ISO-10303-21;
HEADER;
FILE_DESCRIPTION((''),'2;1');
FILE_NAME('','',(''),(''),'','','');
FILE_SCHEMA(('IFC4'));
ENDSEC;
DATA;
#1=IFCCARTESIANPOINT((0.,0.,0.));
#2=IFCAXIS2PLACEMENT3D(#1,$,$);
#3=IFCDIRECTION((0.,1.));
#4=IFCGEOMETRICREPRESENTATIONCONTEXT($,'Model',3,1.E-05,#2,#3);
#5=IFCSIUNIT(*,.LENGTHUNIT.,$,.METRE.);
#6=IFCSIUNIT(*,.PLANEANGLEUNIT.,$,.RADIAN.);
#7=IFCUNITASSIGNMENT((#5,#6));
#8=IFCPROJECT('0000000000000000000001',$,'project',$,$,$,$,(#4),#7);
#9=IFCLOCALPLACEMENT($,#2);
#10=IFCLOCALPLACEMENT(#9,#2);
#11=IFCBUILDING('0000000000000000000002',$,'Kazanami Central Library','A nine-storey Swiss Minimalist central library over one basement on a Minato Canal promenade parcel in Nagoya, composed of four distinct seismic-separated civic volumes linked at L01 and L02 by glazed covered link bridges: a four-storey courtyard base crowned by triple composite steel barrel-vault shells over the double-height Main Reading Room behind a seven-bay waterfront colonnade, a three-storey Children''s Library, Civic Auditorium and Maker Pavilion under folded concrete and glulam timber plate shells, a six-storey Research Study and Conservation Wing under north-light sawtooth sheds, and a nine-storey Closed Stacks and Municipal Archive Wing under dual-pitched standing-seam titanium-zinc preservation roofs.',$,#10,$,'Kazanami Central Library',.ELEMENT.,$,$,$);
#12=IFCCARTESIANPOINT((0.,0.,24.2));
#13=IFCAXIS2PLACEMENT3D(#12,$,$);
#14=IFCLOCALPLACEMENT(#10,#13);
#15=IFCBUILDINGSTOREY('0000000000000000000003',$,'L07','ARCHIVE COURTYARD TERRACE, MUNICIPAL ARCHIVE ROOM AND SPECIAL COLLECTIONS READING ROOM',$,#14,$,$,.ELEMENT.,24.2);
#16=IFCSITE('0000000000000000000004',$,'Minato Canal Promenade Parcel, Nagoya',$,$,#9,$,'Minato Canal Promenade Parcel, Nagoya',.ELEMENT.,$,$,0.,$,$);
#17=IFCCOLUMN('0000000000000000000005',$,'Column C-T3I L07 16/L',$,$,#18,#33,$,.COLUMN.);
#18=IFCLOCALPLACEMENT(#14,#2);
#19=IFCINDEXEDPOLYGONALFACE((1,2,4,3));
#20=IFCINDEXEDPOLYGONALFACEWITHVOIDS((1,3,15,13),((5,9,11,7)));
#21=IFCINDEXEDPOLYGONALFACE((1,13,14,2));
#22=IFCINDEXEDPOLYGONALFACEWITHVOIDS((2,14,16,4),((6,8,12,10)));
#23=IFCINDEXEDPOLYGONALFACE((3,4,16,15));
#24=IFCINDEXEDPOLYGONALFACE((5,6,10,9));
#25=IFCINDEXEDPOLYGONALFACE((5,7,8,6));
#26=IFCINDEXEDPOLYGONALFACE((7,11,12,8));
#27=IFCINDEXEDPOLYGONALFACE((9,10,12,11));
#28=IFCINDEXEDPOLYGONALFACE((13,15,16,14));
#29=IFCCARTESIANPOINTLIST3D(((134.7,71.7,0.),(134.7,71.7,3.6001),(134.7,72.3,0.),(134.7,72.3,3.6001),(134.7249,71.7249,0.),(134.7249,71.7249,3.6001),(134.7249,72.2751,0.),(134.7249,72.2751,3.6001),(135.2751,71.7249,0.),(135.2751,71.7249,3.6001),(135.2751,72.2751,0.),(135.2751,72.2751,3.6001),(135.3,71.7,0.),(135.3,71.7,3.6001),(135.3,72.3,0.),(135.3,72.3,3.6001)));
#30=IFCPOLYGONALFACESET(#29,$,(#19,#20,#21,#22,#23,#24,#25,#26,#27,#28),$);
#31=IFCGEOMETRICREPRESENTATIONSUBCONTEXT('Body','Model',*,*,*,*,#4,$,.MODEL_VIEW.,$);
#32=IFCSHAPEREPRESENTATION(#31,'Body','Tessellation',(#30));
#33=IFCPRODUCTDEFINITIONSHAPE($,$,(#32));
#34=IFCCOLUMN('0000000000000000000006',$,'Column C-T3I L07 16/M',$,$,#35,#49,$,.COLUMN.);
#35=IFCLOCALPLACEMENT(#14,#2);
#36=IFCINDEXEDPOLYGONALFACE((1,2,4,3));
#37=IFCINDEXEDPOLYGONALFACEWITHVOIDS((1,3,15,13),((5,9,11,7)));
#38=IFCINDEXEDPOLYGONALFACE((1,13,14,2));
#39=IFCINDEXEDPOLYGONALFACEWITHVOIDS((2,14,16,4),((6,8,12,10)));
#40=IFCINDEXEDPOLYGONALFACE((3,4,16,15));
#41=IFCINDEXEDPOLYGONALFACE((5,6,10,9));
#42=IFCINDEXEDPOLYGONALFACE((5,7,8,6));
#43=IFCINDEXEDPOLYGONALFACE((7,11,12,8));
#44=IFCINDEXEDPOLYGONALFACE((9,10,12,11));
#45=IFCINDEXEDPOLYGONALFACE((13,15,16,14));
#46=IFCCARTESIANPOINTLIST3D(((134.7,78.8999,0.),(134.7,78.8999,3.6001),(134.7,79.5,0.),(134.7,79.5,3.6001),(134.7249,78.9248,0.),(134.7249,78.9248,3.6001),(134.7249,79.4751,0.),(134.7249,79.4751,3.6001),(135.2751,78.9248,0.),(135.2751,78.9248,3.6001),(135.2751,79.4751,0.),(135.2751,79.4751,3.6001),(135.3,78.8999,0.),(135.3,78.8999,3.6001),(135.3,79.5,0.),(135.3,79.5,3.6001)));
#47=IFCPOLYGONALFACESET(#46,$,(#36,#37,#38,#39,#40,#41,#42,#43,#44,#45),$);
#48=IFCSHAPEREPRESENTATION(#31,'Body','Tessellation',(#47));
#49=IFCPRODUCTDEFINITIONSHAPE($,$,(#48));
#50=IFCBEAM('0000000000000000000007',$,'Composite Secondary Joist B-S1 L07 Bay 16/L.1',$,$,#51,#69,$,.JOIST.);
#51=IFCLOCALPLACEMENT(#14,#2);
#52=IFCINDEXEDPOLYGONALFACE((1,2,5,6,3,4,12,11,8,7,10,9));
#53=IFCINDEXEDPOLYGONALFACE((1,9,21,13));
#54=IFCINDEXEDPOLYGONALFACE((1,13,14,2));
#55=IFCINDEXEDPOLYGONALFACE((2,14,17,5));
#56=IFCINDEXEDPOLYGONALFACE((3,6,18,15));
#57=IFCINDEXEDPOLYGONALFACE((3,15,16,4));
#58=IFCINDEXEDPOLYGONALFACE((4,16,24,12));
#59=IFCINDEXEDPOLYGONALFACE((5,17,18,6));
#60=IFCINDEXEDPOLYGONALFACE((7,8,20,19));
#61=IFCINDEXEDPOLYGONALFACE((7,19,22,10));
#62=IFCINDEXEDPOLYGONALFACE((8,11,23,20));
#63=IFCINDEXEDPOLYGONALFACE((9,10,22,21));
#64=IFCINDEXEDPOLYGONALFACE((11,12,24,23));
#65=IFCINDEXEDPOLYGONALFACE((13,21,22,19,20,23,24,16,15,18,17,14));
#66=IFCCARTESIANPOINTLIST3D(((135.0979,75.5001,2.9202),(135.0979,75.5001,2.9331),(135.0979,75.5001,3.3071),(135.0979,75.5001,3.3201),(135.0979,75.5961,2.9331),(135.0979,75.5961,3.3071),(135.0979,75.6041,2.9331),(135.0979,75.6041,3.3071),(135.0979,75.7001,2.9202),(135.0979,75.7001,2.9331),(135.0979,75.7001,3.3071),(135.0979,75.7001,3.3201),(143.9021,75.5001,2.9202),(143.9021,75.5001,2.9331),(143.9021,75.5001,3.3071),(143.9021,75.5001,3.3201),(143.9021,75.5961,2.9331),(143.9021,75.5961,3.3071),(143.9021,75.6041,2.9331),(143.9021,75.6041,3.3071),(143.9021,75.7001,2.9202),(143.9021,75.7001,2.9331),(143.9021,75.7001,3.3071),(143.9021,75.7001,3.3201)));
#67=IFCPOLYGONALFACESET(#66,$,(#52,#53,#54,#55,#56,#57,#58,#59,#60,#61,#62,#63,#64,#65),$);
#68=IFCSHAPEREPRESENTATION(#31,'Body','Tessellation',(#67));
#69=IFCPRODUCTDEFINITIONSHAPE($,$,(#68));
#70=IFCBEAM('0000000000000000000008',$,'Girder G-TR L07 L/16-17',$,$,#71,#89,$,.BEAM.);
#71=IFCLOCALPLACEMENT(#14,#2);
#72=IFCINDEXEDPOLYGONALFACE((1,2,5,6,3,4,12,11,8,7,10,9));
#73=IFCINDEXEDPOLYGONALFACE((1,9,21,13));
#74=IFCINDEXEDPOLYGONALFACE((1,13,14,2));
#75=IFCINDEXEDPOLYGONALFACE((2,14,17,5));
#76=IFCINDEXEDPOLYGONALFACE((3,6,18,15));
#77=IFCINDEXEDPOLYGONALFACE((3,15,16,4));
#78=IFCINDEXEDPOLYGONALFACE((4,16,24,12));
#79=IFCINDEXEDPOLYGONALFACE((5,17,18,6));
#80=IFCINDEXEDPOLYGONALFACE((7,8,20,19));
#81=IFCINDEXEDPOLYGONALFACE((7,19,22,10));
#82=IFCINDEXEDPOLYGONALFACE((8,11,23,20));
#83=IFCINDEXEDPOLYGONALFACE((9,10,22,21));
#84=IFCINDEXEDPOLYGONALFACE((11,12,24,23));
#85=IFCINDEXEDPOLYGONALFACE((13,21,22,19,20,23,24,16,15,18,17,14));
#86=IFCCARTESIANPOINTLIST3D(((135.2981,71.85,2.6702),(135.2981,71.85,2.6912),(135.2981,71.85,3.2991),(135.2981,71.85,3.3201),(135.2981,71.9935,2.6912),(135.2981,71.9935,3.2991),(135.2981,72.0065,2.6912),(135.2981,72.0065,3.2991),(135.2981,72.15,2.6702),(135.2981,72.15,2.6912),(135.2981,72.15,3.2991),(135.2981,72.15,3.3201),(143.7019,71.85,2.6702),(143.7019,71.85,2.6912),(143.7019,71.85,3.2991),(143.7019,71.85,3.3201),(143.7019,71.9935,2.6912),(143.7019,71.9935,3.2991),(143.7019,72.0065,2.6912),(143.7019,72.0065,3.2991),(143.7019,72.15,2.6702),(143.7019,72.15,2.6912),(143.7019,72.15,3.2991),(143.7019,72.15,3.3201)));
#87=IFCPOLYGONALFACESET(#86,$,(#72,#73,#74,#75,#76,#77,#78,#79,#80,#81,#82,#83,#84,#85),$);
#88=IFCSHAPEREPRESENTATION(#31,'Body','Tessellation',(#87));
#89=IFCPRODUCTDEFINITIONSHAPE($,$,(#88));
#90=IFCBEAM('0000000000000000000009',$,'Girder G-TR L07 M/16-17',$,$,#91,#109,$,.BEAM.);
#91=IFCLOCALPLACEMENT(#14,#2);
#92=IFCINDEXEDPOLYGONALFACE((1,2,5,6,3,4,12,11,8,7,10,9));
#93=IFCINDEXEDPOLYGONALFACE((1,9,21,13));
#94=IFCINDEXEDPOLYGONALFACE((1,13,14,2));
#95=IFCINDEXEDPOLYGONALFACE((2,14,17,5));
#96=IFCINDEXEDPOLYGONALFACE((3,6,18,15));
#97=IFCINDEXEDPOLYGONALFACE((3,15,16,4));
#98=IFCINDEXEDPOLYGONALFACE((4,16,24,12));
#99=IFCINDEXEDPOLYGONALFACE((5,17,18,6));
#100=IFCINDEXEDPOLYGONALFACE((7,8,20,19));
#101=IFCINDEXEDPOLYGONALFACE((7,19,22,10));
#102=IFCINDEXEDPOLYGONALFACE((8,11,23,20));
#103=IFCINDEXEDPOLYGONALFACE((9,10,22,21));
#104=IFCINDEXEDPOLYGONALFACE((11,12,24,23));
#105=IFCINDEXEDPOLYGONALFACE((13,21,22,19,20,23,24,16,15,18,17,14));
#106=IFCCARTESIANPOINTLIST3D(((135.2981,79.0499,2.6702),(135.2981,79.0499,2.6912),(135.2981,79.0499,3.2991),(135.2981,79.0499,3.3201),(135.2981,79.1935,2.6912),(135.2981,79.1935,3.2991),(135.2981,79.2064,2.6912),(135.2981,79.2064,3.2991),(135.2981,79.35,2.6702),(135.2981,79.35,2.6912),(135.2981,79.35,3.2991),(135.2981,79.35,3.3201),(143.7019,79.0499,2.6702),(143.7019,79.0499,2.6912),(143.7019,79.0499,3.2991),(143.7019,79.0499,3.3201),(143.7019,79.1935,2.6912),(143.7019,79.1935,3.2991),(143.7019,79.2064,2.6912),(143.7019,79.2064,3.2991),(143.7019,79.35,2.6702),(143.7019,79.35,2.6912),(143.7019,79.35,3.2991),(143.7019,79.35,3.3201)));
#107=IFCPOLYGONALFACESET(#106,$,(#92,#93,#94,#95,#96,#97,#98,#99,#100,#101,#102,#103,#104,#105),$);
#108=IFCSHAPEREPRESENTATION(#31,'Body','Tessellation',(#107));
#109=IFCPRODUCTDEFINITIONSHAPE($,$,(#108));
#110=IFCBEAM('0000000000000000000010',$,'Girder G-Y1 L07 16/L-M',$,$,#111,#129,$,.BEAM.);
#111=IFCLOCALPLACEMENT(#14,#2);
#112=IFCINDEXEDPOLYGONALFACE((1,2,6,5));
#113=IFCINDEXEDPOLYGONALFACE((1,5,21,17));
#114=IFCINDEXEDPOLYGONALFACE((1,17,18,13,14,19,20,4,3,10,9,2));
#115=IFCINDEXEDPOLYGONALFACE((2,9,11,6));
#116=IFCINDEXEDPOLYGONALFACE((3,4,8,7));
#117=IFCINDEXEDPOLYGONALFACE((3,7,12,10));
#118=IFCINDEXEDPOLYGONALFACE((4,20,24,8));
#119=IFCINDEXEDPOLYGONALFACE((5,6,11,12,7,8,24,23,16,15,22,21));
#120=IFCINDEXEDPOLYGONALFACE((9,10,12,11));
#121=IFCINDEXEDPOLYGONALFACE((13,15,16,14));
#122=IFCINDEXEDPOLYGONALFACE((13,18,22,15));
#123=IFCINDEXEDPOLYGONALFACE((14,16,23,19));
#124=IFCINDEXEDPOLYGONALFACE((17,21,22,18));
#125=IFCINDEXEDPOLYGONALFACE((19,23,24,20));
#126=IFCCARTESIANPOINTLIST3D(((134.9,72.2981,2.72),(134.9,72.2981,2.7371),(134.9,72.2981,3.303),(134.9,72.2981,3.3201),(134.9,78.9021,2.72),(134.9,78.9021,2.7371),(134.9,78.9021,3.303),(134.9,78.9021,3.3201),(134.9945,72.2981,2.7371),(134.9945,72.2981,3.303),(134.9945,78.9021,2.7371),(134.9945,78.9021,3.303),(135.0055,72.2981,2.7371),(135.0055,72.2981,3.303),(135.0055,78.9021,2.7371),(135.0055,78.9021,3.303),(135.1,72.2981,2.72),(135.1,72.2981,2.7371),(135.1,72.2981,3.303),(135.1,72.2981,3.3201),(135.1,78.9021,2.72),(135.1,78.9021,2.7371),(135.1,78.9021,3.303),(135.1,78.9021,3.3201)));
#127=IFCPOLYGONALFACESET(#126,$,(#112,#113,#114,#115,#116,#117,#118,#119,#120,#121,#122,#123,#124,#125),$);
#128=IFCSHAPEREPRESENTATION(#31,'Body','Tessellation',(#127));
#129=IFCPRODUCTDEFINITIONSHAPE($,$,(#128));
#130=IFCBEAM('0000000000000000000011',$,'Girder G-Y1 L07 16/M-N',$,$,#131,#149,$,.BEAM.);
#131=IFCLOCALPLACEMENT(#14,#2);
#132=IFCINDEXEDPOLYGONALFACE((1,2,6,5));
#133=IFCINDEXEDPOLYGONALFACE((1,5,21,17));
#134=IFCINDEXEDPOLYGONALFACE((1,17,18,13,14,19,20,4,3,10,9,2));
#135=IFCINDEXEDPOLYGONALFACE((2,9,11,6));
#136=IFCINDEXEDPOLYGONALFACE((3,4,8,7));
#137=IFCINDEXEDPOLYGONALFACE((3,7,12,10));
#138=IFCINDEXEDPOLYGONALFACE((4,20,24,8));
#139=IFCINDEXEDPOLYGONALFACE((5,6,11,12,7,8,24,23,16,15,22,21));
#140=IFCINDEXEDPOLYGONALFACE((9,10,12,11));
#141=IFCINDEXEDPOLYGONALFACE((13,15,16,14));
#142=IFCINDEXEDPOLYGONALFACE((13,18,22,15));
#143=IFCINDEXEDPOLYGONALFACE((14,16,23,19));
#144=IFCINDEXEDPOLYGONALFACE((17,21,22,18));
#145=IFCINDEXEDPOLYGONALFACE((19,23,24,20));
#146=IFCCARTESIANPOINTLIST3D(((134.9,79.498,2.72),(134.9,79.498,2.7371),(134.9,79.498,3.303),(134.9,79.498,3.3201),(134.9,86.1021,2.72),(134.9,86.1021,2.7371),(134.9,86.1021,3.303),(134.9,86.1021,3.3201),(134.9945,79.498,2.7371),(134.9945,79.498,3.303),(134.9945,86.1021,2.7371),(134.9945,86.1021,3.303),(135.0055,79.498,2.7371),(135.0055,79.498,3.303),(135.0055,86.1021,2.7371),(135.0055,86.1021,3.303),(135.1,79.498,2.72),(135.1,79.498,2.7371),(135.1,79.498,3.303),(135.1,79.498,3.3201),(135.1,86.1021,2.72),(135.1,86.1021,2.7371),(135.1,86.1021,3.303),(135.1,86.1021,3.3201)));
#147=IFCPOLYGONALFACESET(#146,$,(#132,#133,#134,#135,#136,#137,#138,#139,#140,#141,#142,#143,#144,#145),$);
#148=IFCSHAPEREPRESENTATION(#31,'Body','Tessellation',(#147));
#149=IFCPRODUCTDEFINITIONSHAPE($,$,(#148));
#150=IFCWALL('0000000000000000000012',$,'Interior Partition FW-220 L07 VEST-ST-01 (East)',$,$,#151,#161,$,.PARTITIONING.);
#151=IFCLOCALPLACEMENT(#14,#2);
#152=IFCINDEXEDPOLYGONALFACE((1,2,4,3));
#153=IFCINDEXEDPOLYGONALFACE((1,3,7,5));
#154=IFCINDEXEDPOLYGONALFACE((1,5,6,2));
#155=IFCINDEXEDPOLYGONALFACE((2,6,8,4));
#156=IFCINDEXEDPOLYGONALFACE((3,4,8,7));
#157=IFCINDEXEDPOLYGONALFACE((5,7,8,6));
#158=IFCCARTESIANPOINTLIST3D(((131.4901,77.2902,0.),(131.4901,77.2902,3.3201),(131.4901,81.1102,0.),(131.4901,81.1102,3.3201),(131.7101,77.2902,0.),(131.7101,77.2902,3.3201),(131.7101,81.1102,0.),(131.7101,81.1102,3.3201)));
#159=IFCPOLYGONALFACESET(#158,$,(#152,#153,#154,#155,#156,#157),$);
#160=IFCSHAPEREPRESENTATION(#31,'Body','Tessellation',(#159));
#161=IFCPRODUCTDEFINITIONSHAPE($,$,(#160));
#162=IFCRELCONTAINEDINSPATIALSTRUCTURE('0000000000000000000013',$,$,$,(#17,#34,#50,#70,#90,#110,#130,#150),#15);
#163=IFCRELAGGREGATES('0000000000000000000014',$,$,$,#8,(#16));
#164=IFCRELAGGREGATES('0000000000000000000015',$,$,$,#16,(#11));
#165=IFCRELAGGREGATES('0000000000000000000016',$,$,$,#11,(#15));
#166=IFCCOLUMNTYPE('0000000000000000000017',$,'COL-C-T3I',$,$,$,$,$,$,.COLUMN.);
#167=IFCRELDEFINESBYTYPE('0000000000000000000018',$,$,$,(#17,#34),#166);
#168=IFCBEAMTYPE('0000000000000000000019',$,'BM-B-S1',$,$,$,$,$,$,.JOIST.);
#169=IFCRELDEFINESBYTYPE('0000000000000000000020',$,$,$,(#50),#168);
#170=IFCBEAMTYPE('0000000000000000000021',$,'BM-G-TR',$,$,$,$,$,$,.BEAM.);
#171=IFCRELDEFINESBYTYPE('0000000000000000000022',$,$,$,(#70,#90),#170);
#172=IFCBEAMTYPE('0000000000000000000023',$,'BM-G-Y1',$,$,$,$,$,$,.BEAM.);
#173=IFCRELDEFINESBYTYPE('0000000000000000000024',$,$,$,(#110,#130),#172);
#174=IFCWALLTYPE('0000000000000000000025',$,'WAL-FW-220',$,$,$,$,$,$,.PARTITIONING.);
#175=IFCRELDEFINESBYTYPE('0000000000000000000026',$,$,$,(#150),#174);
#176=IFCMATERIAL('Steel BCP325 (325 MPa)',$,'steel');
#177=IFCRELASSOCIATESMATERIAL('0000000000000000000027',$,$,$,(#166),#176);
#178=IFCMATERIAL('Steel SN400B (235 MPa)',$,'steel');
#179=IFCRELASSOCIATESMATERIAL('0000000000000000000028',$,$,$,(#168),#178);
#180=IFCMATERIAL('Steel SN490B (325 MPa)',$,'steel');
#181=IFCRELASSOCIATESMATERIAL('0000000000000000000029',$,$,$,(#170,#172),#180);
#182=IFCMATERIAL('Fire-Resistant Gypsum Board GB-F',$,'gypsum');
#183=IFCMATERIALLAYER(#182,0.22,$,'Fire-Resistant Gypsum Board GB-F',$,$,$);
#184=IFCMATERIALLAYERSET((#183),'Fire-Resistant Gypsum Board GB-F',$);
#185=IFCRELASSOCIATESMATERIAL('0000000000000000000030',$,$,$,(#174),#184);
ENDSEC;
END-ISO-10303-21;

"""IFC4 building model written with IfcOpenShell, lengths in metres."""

from ifc_helpers import new_model, si_unit, direction, frame, frame_2d, origin, origin_2d, place, context, subcontext, project, spatial, rectangle, hollow_rectangle, i_section, extrude, material, layer, layer_set, material_profile, profile_set, type_object, element, save


model = new_model("IFC4")

# Units and contexts
model_context = context("Model", 3, precision=1e-05, world=origin(), true_north=direction((0.0, 1.0)))
body_context = subcontext(model_context, "Body", "Model", "MODEL_VIEW")
ifc_project = project(units=[si_unit("LENGTHUNIT", "METRE"), si_unit("PLANEANGLEUNIT", "RADIAN")], contexts=[model_context])

# Site, building, storey
site_placement = place(None, origin())
site = spatial("IfcSite", under=ifc_project, at=site_placement, Name="Minato Canal Promenade Parcel, Nagoya", LongName="Minato Canal Promenade Parcel, Nagoya", CompositionType="ELEMENT", RefElevation=0.0)
building_placement = place(site_placement, origin())
building = spatial("IfcBuilding", under=site, at=building_placement, Name="Kazanami Central Library", Description="A nine-storey Swiss Minimalist central library over one basement on a Minato Canal promenade parcel in Nagoya, composed of four distinct seismic-separated civic volumes linked at L01 and L02 by glazed covered link bridges: a four-storey courtyard base crowned by triple composite steel barrel-vault shells over the double-height Main Reading Room behind a seven-bay waterfront colonnade, a three-storey Children's Library, Civic Auditorium and Maker Pavilion under folded concrete and glulam timber plate shells, a six-storey Research Study and Conservation Wing under north-light sawtooth sheds, and a nine-storey Closed Stacks and Municipal Archive Wing under dual-pitched standing-seam titanium-zinc preservation roofs.", LongName="Kazanami Central Library", CompositionType="ELEMENT")
storey_placement = place(building_placement, frame((0.0, 0.0, 24.2)))
storey = spatial("IfcBuildingStorey", under=building, at=storey_placement, Name="L07", Description="ARCHIVE COURTYARD TERRACE, MUNICIPAL ARCHIVE ROOM AND SPECIAL COLLECTIONS READING ROOM", CompositionType="ELEMENT", Elevation=24.2)

# Columns
ifc_material_1 = material(Name="Steel BCP325 (325 MPa)", Category="steel")
ifc_material_profile_1 = material_profile(ifc_material_1, hollow_rectangle(XDim=0.6001, YDim=0.6001, WallThickness=0.0249, at=origin_2d()), Name="BCP-600x600x25")
ifc_profile_set_1 = profile_set([ifc_material_profile_1], Name="Steel BCP325 (325 MPa)")
column_type = type_object("IfcColumnType", Name="COL-C-T3I", PredefinedType="COLUMN", material=ifc_profile_set_1)
for number, where, z_axis, x_axis, name in (
    (1, (135.0, 72.0, 0.0), (0.0, 0.0, 1.0), (1.0, 0.0, 0.0), "Column C-T3I L07 16/L"),
    (2, (135.0, 79.2, 0.0), (0.0, 0.0, 1.0), (1.0, 0.0, 0.0), "Column C-T3I L07 16/M"),
):
    element("IfcColumn", number, at=place(storey_placement, frame(where, z_axis=z_axis, x_axis=x_axis)), inside=storey, type_object=column_type, Name=name, PredefinedType="COLUMN", context=body_context, shape_type="SweptSolid", body=[
        extrude(hollow_rectangle(XDim=0.6001, YDim=0.6001, WallThickness=0.0249, at=origin_2d()), origin(), (0.0, 0.0, 1.0), 3.6001),
    ])

# Beams
ifc_material_2 = material(Name="Steel SN400B (235 MPa)", Category="steel")
ifc_material_profile_2 = material_profile(ifc_material_2, i_section(OverallWidth=0.2, OverallDepth=0.3999, WebThickness=0.0081, FlangeThickness=0.0129, at=origin_2d()), Name="H-400x200x8x13")
ifc_profile_set_2 = profile_set([ifc_material_profile_2], Name="Steel SN400B (235 MPa)")
beam_type_1 = type_object("IfcBeamType", Name="BM-B-S1", PredefinedType="JOIST", material=ifc_profile_set_2)
beam_placement = place(storey_placement, frame((135.0979, 75.6001, 3.1201), z_axis=(1.0, 0.0, 0.0), x_axis=(0.0, 1.0, 0.0)))
element("IfcBeam", 3, at=beam_placement, inside=storey, type_object=beam_type_1, Name="Composite Secondary Joist B-S1 L07 Bay 16/L.1", PredefinedType="JOIST", context=body_context, shape_type="SweptSolid", body=[
    extrude(i_section(OverallWidth=0.2, OverallDepth=0.3999, WebThickness=0.0081, FlangeThickness=0.0129, at=origin_2d()), origin(), (0.0, 0.0, 1.0), 8.8042),
])
ifc_material_3 = material(Name="Steel SN490B (325 MPa)", Category="steel")
ifc_material_profile_3 = material_profile(ifc_material_3, i_section(OverallWidth=0.3, OverallDepth=0.6499, WebThickness=0.0129, FlangeThickness=0.021, at=origin_2d()), Name="H-650x300x13x21")
ifc_profile_set_3 = profile_set([ifc_material_profile_3], Name="Steel SN490B (325 MPa)")
beam_type_2 = type_object("IfcBeamType", Name="BM-G-TR", PredefinedType="BEAM", material=ifc_profile_set_3)
for number, where, z_axis, x_axis, name in (
    (4, (135.2981, 72.0, 2.9951), (1.0, 0.0, 0.0), (0.0, 1.0, 0.0), "Girder G-TR L07 L/16-17"),
    (5, (135.2981, 79.2, 2.9951), (1.0, 0.0, 0.0), (0.0, 1.0, 0.0), "Girder G-TR L07 M/16-17"),
):
    element("IfcBeam", number, at=place(storey_placement, frame(where, z_axis=z_axis, x_axis=x_axis)), inside=storey, type_object=beam_type_2, Name=name, PredefinedType="BEAM", context=body_context, shape_type="SweptSolid", body=[
        extrude(i_section(OverallWidth=0.3, OverallDepth=0.6499, WebThickness=0.0129, FlangeThickness=0.021, at=origin_2d()), origin(), (0.0, 0.0, 1.0), 8.4038),
    ])
ifc_material_profile_4 = material_profile(ifc_material_3, i_section(OverallWidth=0.2, OverallDepth=0.6001, WebThickness=0.011, FlangeThickness=0.0171, at=origin_2d()), Name="H-600x200x11x17")
ifc_profile_set_4 = profile_set([ifc_material_profile_4], Name="Steel SN490B (325 MPa)")
beam_type_3 = type_object("IfcBeamType", Name="BM-G-Y1", PredefinedType="BEAM", material=ifc_profile_set_4)
for number, where, z_axis, x_axis, name in (
    (6, (135.0, 72.2981, 3.02), (0.0, 1.0, 0.0), (-1.0, 0.0, 0.0), "Girder G-Y1 L07 16/L-M"),
    (7, (135.0, 79.498, 3.02), (0.0, 1.0, 0.0), (-1.0, 0.0, 0.0), "Girder G-Y1 L07 16/M-N"),
):
    element("IfcBeam", number, at=place(storey_placement, frame(where, z_axis=z_axis, x_axis=x_axis)), inside=storey, type_object=beam_type_3, Name=name, PredefinedType="BEAM", context=body_context, shape_type="SweptSolid", body=[
        extrude(i_section(OverallWidth=0.2, OverallDepth=0.6001, WebThickness=0.011, FlangeThickness=0.0171, at=origin_2d()), origin(), (0.0, 0.0, 1.0), 6.604),
    ])

# Wall
ifc_material_4 = material(Name="Fire-Resistant Gypsum Board GB-F", Category="gypsum")
ifc_layer_1 = layer(ifc_material_4, 0.22, Name="Fire-Resistant Gypsum Board GB-F")
ifc_layer_set_1 = layer_set([ifc_layer_1], Name="Fire-Resistant Gypsum Board GB-F")
wall_type_1 = type_object("IfcWallType", Name="WAL-FW-220", PredefinedType="PARTITIONING", material=ifc_layer_set_1)
wall_1_placement = place(storey_placement, frame((131.6001, 77.29, 0.0), z_axis=(0.0, 0.0, 1.0), x_axis=(0.0, 1.0, 0.0)))
element("IfcWall", 8, at=wall_1_placement, inside=storey, type_object=wall_type_1, Name="Interior Partition FW-220 L07 VEST-ST-01 (East)", PredefinedType="PARTITIONING", context=body_context, shape_type="SweptSolid", body=[
    extrude(rectangle(XDim=3.8201, YDim=0.22, at=frame_2d((1.9102, 0.0))), origin(), (0.0, 0.0, 1.0), 3.3201),
])

save(model, "model.ifc")
